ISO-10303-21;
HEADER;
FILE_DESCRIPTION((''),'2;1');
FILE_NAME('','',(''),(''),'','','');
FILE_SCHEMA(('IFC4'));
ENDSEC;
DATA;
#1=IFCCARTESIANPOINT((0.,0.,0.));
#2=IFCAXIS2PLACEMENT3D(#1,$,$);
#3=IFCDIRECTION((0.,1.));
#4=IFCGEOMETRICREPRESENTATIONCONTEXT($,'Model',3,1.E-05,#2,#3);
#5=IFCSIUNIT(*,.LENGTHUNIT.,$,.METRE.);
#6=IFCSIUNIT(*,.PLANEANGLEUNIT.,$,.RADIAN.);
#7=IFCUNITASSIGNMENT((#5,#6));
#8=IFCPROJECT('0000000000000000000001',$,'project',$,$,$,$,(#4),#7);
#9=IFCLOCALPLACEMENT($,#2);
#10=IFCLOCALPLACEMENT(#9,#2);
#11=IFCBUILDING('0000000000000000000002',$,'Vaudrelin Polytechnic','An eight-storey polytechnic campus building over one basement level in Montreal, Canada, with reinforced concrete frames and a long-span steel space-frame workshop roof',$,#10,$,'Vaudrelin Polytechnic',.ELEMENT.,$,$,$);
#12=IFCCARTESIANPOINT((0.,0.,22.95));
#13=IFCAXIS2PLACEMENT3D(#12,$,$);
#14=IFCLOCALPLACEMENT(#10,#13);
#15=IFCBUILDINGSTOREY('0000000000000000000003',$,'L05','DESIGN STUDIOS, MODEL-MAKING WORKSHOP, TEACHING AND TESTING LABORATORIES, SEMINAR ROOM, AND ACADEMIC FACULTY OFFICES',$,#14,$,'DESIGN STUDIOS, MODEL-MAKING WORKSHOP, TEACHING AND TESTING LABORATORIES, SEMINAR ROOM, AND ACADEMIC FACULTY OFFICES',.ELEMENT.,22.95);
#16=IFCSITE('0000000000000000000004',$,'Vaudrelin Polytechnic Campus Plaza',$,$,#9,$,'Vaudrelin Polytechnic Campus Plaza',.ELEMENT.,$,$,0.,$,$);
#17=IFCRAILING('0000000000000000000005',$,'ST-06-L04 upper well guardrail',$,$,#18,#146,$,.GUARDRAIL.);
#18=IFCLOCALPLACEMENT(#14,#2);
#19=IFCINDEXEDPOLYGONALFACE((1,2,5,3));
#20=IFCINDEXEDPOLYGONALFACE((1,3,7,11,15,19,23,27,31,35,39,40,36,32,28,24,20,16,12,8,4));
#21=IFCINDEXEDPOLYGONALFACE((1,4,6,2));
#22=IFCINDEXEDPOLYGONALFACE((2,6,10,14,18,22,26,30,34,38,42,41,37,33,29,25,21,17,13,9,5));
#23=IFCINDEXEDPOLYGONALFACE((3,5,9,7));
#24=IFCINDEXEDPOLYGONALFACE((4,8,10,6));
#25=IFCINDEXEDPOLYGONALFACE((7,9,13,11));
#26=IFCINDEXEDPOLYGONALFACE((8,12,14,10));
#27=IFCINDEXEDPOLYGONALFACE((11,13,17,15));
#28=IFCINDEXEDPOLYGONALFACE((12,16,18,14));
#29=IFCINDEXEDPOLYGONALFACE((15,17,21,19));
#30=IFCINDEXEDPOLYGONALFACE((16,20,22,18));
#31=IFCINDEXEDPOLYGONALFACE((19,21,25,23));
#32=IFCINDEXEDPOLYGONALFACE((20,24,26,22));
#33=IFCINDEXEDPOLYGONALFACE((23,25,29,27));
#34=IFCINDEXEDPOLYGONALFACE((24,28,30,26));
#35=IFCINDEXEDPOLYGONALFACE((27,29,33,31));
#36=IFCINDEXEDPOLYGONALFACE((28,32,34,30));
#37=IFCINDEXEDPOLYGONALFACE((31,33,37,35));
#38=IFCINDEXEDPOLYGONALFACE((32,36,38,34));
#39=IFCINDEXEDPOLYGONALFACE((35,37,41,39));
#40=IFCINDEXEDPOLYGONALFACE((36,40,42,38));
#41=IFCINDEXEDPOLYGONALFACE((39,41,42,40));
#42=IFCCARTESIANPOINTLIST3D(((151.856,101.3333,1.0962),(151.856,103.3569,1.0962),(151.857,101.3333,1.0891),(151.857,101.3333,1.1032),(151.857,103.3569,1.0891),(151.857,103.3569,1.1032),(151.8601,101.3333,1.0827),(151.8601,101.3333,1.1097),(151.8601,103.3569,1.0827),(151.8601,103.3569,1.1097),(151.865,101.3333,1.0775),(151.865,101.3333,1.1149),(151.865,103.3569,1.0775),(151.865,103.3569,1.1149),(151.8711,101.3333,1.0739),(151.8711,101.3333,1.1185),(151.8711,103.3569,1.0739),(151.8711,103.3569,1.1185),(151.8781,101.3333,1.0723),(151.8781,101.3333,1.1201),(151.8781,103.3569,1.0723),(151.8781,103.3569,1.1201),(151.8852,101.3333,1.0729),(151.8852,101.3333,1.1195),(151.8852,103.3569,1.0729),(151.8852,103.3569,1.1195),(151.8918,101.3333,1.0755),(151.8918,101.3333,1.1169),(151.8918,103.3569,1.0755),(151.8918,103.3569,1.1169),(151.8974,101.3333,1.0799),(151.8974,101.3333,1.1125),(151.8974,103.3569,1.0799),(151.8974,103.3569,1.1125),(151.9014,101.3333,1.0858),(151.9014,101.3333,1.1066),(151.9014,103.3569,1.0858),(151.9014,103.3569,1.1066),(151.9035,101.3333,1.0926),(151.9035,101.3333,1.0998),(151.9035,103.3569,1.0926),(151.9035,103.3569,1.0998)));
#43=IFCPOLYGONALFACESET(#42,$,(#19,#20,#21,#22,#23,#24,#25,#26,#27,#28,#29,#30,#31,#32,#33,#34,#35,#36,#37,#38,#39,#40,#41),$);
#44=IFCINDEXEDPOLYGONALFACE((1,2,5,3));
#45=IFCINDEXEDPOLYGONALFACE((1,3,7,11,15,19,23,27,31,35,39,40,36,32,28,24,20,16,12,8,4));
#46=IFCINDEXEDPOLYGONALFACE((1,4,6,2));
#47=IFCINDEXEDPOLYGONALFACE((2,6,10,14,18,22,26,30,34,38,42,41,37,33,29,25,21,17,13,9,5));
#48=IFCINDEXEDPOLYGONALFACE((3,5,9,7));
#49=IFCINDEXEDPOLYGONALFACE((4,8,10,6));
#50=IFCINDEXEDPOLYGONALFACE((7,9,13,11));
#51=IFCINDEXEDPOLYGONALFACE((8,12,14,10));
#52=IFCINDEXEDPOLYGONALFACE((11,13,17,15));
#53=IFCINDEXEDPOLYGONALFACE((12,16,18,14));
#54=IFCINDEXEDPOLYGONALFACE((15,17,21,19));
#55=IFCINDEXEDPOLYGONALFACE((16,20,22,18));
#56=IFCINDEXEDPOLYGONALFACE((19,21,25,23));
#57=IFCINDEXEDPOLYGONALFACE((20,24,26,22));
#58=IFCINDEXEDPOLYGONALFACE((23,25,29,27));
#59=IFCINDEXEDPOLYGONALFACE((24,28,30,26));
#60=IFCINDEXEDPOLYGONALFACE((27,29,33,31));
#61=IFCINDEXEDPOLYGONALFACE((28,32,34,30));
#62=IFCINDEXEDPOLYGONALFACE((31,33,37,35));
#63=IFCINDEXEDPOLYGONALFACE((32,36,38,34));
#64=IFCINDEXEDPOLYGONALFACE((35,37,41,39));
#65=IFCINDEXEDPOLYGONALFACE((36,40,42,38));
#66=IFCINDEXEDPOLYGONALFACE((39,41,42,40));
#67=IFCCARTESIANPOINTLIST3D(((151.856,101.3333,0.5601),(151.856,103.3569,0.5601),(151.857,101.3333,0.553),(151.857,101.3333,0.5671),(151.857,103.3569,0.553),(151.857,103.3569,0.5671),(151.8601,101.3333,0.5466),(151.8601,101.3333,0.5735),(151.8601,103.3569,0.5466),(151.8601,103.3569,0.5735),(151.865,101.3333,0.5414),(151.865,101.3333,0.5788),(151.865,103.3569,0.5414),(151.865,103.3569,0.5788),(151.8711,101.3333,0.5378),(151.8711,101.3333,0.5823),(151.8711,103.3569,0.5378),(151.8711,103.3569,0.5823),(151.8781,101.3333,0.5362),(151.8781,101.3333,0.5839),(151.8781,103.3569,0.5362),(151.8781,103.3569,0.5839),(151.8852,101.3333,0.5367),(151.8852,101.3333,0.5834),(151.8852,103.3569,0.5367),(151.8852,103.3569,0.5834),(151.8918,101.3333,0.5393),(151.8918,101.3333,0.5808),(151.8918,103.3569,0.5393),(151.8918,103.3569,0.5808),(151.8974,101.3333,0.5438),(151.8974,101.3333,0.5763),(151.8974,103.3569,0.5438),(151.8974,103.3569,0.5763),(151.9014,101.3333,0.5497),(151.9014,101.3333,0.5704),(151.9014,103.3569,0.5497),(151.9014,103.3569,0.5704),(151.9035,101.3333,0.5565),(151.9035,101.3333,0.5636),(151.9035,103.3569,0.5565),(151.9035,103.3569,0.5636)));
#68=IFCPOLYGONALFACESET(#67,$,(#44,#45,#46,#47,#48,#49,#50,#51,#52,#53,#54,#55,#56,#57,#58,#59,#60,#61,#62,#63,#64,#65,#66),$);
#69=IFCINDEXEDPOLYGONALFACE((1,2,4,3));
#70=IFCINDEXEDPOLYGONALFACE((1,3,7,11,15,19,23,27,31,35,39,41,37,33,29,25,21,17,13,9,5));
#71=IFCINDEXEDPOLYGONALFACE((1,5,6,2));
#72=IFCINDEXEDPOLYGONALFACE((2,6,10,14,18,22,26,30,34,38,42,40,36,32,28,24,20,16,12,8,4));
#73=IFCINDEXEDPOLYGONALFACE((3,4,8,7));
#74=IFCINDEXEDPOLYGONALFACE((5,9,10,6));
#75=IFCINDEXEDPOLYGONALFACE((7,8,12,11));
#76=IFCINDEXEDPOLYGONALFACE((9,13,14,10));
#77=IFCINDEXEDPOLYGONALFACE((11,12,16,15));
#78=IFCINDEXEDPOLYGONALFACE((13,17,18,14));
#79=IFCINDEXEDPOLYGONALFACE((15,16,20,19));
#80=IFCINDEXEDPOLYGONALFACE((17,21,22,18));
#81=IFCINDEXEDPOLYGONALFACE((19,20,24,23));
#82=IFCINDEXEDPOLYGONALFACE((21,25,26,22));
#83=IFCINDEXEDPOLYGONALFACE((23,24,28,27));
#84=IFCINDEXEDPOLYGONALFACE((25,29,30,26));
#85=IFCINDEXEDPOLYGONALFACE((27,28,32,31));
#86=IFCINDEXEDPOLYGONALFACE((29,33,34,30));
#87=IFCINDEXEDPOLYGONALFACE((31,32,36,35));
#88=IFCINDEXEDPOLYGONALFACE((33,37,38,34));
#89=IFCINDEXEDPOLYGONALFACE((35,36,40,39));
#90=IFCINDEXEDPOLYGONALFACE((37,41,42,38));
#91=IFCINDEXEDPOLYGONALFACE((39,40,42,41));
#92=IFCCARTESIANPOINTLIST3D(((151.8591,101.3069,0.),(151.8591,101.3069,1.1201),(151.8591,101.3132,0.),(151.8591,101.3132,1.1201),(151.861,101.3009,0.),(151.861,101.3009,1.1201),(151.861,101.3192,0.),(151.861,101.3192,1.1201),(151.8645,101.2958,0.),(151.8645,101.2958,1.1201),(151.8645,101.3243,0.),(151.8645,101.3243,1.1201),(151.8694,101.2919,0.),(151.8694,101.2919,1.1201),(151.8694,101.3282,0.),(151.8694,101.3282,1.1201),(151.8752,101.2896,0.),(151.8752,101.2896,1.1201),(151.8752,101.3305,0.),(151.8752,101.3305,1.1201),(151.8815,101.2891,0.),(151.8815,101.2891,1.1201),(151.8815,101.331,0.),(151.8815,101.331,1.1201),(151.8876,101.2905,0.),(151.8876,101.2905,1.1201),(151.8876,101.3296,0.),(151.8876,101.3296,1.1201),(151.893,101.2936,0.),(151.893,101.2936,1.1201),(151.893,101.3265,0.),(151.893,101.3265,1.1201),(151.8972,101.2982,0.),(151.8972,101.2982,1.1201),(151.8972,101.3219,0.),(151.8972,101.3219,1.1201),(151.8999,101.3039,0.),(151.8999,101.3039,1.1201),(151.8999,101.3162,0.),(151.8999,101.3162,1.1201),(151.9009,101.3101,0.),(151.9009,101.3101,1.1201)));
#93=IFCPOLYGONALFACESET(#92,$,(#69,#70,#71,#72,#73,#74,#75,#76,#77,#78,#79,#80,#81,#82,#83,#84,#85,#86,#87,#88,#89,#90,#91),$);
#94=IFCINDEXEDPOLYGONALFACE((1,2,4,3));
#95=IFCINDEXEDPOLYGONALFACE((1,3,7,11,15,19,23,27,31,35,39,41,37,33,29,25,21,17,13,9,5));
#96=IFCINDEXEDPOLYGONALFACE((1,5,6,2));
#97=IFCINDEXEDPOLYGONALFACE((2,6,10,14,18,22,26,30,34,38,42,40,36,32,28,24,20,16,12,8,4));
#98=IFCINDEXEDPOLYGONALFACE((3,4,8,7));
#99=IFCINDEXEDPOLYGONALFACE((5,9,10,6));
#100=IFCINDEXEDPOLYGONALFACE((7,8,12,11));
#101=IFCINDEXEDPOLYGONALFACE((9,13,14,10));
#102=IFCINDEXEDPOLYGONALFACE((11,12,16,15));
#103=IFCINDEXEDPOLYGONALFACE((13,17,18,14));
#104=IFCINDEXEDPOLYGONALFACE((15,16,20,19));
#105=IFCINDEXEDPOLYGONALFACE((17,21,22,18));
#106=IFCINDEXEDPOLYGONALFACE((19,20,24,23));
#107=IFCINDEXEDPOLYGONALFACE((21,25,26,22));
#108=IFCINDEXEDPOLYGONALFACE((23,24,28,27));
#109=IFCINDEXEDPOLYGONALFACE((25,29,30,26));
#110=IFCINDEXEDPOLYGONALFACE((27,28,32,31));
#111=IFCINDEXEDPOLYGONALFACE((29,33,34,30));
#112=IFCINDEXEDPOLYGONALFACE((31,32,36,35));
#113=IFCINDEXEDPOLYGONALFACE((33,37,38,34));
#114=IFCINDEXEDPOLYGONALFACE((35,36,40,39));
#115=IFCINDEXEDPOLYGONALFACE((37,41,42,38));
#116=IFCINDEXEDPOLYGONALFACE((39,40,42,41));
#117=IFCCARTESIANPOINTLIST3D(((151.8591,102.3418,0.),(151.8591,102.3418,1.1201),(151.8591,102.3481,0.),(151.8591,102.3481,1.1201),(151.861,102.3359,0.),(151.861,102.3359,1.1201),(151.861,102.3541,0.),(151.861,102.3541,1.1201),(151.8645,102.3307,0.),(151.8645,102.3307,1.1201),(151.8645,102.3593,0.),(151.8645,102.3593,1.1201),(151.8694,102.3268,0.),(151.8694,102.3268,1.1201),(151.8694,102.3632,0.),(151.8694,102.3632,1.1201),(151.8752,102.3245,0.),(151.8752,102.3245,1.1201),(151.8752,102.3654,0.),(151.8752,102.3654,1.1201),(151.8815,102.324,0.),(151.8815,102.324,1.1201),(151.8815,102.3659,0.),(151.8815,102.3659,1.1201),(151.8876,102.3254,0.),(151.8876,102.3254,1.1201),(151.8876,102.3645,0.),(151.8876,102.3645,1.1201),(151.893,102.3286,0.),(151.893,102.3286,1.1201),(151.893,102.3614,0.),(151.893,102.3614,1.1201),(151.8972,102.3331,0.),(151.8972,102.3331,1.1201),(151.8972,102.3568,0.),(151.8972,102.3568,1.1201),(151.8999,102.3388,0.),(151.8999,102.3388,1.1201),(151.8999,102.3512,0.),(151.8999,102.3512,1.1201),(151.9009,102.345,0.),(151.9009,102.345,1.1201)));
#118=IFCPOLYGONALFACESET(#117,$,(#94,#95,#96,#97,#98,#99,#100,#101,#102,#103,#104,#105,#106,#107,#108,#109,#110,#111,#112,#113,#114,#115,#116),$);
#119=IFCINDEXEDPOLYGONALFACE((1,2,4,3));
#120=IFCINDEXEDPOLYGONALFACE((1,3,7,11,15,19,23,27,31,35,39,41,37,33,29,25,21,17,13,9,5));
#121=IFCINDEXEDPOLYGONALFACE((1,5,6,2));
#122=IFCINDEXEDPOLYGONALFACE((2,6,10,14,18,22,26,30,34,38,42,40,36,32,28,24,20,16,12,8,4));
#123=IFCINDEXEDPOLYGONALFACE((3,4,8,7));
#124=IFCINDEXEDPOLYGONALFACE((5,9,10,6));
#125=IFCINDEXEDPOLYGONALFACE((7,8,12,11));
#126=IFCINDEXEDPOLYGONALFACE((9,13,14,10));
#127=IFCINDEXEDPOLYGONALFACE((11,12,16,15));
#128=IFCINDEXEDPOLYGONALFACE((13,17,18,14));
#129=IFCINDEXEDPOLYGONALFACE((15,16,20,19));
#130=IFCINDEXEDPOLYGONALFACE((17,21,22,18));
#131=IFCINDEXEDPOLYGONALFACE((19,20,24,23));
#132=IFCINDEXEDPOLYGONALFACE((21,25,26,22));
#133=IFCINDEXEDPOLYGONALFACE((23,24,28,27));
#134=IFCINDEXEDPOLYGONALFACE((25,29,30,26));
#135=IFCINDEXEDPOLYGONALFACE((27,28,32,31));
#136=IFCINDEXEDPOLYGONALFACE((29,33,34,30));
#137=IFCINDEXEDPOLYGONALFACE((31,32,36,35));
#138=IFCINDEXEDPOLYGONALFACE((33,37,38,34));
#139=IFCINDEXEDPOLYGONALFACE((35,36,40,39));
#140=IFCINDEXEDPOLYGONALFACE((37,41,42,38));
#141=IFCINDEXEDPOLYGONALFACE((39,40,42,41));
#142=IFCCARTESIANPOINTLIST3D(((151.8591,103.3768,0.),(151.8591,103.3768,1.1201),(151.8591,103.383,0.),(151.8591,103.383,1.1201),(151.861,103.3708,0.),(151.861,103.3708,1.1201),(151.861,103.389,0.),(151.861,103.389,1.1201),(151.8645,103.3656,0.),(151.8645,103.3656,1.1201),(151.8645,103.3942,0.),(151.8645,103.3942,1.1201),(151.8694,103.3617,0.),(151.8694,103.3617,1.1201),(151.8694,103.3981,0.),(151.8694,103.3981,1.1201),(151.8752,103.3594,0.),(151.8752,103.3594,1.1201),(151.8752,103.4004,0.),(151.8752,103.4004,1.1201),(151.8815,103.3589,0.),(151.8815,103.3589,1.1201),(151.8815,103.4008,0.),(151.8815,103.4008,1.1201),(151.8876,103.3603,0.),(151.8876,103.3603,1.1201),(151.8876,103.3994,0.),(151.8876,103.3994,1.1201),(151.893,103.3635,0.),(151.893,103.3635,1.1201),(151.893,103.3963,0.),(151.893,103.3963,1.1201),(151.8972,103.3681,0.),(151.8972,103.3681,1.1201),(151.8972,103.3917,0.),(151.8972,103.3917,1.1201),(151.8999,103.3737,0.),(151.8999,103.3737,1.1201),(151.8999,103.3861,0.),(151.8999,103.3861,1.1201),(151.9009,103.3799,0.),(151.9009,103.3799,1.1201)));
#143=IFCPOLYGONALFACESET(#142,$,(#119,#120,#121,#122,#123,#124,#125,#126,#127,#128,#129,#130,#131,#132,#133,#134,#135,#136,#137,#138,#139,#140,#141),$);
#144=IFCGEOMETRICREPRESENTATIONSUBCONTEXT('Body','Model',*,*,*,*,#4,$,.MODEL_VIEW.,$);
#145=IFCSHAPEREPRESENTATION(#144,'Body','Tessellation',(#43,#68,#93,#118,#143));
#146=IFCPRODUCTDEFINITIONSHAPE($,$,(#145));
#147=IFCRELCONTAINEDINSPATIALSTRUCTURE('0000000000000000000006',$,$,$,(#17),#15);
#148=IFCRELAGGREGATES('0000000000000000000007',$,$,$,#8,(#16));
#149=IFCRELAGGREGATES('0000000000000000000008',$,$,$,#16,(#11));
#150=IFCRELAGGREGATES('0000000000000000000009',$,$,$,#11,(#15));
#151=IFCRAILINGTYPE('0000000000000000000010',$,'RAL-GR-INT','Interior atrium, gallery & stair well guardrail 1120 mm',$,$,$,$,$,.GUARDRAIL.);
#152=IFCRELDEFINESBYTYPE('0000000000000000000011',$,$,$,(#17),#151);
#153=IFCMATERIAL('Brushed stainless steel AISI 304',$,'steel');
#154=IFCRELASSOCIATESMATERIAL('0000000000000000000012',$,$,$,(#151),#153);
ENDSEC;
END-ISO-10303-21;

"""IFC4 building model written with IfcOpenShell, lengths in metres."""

from ifc_helpers import new_model, si_unit, direction, frame, origin, origin_2d, place, context, subcontext, project, spatial, circle, extrude, material, type_object, element, save


model = new_model("IFC4")

# Units and contexts
model_context = context("Model", 3, precision=1e-05, world=origin(), true_north=direction((0.0, 1.0)))
body_context = subcontext(model_context, "Body", "Model", "MODEL_VIEW")
ifc_project = project(units=[si_unit("LENGTHUNIT", "METRE"), si_unit("PLANEANGLEUNIT", "RADIAN")], contexts=[model_context])

# Site, building, storey
site_placement = place(None, origin())
site = spatial("IfcSite", under=ifc_project, at=site_placement, Name="Vaudrelin Polytechnic Campus Plaza", LongName="Vaudrelin Polytechnic Campus Plaza", CompositionType="ELEMENT", RefElevation=0.0)
building_placement = place(site_placement, origin())
building = spatial("IfcBuilding", under=site, at=building_placement, Name="Vaudrelin Polytechnic", Description="An eight-storey polytechnic campus building over one basement level in Montreal, Canada, with reinforced concrete frames and a long-span steel space-frame workshop roof", LongName="Vaudrelin Polytechnic", CompositionType="ELEMENT")
storey_placement = place(building_placement, frame((0.0, 0.0, 22.95)))
storey = spatial("IfcBuildingStorey", under=building, at=storey_placement, Name="L05", Description="DESIGN STUDIOS, MODEL-MAKING WORKSHOP, TEACHING AND TESTING LABORATORIES, SEMINAR ROOM, AND ACADEMIC FACULTY OFFICES", LongName="DESIGN STUDIOS, MODEL-MAKING WORKSHOP, TEACHING AND TESTING LABORATORIES, SEMINAR ROOM, AND ACADEMIC FACULTY OFFICES", CompositionType="ELEMENT", Elevation=22.95)

# Railing
ifc_material_1 = material(Name="Brushed stainless steel AISI 304", Category="steel")
railing_type_1 = type_object("IfcRailingType", Name="RAL-GR-INT", Description="Interior atrium, gallery & stair well guardrail 1120 mm", PredefinedType="GUARDRAIL", material=ifc_material_1)
railing_1_placement = place(storey_placement, frame((151.8799, 101.3101, 0.0)))
element("IfcRailing", 1, at=railing_1_placement, inside=storey, type_object=railing_type_1, Name="ST-06-L04 upper well guardrail", PredefinedType="GUARDRAIL", context=body_context, shape_type="SweptSolid", body=[
    extrude(circle(Radius=0.0239, at=origin_2d()), frame((0.0, 0.0232, 1.0962), z_axis=(0.0, 1.0, 0.0), x_axis=(-1.0, 0.0, 0.0)), (0.0, 0.0, 1.0), 2.0237),
    extrude(circle(Radius=0.0239, at=origin_2d()), frame((0.0, 0.0232, 0.5601), z_axis=(0.0, 1.0, 0.0), x_axis=(-1.0, 0.0, 0.0)), (0.0, 0.0, 1.0), 2.0237),
    extrude(circle(Radius=0.021, at=origin_2d()), origin(), (0.0, 0.0, 1.0), 1.1201),
    extrude(circle(Radius=0.021, at=origin_2d()), frame((0.0, 1.0349, 0.0)), (0.0, 0.0, 1.0), 1.1201),
    extrude(circle(Radius=0.021, at=origin_2d()), frame((0.0, 2.0698, 0.0)), (0.0, 0.0, 1.0), 1.1201),
])

save(model, "model.ifc")
